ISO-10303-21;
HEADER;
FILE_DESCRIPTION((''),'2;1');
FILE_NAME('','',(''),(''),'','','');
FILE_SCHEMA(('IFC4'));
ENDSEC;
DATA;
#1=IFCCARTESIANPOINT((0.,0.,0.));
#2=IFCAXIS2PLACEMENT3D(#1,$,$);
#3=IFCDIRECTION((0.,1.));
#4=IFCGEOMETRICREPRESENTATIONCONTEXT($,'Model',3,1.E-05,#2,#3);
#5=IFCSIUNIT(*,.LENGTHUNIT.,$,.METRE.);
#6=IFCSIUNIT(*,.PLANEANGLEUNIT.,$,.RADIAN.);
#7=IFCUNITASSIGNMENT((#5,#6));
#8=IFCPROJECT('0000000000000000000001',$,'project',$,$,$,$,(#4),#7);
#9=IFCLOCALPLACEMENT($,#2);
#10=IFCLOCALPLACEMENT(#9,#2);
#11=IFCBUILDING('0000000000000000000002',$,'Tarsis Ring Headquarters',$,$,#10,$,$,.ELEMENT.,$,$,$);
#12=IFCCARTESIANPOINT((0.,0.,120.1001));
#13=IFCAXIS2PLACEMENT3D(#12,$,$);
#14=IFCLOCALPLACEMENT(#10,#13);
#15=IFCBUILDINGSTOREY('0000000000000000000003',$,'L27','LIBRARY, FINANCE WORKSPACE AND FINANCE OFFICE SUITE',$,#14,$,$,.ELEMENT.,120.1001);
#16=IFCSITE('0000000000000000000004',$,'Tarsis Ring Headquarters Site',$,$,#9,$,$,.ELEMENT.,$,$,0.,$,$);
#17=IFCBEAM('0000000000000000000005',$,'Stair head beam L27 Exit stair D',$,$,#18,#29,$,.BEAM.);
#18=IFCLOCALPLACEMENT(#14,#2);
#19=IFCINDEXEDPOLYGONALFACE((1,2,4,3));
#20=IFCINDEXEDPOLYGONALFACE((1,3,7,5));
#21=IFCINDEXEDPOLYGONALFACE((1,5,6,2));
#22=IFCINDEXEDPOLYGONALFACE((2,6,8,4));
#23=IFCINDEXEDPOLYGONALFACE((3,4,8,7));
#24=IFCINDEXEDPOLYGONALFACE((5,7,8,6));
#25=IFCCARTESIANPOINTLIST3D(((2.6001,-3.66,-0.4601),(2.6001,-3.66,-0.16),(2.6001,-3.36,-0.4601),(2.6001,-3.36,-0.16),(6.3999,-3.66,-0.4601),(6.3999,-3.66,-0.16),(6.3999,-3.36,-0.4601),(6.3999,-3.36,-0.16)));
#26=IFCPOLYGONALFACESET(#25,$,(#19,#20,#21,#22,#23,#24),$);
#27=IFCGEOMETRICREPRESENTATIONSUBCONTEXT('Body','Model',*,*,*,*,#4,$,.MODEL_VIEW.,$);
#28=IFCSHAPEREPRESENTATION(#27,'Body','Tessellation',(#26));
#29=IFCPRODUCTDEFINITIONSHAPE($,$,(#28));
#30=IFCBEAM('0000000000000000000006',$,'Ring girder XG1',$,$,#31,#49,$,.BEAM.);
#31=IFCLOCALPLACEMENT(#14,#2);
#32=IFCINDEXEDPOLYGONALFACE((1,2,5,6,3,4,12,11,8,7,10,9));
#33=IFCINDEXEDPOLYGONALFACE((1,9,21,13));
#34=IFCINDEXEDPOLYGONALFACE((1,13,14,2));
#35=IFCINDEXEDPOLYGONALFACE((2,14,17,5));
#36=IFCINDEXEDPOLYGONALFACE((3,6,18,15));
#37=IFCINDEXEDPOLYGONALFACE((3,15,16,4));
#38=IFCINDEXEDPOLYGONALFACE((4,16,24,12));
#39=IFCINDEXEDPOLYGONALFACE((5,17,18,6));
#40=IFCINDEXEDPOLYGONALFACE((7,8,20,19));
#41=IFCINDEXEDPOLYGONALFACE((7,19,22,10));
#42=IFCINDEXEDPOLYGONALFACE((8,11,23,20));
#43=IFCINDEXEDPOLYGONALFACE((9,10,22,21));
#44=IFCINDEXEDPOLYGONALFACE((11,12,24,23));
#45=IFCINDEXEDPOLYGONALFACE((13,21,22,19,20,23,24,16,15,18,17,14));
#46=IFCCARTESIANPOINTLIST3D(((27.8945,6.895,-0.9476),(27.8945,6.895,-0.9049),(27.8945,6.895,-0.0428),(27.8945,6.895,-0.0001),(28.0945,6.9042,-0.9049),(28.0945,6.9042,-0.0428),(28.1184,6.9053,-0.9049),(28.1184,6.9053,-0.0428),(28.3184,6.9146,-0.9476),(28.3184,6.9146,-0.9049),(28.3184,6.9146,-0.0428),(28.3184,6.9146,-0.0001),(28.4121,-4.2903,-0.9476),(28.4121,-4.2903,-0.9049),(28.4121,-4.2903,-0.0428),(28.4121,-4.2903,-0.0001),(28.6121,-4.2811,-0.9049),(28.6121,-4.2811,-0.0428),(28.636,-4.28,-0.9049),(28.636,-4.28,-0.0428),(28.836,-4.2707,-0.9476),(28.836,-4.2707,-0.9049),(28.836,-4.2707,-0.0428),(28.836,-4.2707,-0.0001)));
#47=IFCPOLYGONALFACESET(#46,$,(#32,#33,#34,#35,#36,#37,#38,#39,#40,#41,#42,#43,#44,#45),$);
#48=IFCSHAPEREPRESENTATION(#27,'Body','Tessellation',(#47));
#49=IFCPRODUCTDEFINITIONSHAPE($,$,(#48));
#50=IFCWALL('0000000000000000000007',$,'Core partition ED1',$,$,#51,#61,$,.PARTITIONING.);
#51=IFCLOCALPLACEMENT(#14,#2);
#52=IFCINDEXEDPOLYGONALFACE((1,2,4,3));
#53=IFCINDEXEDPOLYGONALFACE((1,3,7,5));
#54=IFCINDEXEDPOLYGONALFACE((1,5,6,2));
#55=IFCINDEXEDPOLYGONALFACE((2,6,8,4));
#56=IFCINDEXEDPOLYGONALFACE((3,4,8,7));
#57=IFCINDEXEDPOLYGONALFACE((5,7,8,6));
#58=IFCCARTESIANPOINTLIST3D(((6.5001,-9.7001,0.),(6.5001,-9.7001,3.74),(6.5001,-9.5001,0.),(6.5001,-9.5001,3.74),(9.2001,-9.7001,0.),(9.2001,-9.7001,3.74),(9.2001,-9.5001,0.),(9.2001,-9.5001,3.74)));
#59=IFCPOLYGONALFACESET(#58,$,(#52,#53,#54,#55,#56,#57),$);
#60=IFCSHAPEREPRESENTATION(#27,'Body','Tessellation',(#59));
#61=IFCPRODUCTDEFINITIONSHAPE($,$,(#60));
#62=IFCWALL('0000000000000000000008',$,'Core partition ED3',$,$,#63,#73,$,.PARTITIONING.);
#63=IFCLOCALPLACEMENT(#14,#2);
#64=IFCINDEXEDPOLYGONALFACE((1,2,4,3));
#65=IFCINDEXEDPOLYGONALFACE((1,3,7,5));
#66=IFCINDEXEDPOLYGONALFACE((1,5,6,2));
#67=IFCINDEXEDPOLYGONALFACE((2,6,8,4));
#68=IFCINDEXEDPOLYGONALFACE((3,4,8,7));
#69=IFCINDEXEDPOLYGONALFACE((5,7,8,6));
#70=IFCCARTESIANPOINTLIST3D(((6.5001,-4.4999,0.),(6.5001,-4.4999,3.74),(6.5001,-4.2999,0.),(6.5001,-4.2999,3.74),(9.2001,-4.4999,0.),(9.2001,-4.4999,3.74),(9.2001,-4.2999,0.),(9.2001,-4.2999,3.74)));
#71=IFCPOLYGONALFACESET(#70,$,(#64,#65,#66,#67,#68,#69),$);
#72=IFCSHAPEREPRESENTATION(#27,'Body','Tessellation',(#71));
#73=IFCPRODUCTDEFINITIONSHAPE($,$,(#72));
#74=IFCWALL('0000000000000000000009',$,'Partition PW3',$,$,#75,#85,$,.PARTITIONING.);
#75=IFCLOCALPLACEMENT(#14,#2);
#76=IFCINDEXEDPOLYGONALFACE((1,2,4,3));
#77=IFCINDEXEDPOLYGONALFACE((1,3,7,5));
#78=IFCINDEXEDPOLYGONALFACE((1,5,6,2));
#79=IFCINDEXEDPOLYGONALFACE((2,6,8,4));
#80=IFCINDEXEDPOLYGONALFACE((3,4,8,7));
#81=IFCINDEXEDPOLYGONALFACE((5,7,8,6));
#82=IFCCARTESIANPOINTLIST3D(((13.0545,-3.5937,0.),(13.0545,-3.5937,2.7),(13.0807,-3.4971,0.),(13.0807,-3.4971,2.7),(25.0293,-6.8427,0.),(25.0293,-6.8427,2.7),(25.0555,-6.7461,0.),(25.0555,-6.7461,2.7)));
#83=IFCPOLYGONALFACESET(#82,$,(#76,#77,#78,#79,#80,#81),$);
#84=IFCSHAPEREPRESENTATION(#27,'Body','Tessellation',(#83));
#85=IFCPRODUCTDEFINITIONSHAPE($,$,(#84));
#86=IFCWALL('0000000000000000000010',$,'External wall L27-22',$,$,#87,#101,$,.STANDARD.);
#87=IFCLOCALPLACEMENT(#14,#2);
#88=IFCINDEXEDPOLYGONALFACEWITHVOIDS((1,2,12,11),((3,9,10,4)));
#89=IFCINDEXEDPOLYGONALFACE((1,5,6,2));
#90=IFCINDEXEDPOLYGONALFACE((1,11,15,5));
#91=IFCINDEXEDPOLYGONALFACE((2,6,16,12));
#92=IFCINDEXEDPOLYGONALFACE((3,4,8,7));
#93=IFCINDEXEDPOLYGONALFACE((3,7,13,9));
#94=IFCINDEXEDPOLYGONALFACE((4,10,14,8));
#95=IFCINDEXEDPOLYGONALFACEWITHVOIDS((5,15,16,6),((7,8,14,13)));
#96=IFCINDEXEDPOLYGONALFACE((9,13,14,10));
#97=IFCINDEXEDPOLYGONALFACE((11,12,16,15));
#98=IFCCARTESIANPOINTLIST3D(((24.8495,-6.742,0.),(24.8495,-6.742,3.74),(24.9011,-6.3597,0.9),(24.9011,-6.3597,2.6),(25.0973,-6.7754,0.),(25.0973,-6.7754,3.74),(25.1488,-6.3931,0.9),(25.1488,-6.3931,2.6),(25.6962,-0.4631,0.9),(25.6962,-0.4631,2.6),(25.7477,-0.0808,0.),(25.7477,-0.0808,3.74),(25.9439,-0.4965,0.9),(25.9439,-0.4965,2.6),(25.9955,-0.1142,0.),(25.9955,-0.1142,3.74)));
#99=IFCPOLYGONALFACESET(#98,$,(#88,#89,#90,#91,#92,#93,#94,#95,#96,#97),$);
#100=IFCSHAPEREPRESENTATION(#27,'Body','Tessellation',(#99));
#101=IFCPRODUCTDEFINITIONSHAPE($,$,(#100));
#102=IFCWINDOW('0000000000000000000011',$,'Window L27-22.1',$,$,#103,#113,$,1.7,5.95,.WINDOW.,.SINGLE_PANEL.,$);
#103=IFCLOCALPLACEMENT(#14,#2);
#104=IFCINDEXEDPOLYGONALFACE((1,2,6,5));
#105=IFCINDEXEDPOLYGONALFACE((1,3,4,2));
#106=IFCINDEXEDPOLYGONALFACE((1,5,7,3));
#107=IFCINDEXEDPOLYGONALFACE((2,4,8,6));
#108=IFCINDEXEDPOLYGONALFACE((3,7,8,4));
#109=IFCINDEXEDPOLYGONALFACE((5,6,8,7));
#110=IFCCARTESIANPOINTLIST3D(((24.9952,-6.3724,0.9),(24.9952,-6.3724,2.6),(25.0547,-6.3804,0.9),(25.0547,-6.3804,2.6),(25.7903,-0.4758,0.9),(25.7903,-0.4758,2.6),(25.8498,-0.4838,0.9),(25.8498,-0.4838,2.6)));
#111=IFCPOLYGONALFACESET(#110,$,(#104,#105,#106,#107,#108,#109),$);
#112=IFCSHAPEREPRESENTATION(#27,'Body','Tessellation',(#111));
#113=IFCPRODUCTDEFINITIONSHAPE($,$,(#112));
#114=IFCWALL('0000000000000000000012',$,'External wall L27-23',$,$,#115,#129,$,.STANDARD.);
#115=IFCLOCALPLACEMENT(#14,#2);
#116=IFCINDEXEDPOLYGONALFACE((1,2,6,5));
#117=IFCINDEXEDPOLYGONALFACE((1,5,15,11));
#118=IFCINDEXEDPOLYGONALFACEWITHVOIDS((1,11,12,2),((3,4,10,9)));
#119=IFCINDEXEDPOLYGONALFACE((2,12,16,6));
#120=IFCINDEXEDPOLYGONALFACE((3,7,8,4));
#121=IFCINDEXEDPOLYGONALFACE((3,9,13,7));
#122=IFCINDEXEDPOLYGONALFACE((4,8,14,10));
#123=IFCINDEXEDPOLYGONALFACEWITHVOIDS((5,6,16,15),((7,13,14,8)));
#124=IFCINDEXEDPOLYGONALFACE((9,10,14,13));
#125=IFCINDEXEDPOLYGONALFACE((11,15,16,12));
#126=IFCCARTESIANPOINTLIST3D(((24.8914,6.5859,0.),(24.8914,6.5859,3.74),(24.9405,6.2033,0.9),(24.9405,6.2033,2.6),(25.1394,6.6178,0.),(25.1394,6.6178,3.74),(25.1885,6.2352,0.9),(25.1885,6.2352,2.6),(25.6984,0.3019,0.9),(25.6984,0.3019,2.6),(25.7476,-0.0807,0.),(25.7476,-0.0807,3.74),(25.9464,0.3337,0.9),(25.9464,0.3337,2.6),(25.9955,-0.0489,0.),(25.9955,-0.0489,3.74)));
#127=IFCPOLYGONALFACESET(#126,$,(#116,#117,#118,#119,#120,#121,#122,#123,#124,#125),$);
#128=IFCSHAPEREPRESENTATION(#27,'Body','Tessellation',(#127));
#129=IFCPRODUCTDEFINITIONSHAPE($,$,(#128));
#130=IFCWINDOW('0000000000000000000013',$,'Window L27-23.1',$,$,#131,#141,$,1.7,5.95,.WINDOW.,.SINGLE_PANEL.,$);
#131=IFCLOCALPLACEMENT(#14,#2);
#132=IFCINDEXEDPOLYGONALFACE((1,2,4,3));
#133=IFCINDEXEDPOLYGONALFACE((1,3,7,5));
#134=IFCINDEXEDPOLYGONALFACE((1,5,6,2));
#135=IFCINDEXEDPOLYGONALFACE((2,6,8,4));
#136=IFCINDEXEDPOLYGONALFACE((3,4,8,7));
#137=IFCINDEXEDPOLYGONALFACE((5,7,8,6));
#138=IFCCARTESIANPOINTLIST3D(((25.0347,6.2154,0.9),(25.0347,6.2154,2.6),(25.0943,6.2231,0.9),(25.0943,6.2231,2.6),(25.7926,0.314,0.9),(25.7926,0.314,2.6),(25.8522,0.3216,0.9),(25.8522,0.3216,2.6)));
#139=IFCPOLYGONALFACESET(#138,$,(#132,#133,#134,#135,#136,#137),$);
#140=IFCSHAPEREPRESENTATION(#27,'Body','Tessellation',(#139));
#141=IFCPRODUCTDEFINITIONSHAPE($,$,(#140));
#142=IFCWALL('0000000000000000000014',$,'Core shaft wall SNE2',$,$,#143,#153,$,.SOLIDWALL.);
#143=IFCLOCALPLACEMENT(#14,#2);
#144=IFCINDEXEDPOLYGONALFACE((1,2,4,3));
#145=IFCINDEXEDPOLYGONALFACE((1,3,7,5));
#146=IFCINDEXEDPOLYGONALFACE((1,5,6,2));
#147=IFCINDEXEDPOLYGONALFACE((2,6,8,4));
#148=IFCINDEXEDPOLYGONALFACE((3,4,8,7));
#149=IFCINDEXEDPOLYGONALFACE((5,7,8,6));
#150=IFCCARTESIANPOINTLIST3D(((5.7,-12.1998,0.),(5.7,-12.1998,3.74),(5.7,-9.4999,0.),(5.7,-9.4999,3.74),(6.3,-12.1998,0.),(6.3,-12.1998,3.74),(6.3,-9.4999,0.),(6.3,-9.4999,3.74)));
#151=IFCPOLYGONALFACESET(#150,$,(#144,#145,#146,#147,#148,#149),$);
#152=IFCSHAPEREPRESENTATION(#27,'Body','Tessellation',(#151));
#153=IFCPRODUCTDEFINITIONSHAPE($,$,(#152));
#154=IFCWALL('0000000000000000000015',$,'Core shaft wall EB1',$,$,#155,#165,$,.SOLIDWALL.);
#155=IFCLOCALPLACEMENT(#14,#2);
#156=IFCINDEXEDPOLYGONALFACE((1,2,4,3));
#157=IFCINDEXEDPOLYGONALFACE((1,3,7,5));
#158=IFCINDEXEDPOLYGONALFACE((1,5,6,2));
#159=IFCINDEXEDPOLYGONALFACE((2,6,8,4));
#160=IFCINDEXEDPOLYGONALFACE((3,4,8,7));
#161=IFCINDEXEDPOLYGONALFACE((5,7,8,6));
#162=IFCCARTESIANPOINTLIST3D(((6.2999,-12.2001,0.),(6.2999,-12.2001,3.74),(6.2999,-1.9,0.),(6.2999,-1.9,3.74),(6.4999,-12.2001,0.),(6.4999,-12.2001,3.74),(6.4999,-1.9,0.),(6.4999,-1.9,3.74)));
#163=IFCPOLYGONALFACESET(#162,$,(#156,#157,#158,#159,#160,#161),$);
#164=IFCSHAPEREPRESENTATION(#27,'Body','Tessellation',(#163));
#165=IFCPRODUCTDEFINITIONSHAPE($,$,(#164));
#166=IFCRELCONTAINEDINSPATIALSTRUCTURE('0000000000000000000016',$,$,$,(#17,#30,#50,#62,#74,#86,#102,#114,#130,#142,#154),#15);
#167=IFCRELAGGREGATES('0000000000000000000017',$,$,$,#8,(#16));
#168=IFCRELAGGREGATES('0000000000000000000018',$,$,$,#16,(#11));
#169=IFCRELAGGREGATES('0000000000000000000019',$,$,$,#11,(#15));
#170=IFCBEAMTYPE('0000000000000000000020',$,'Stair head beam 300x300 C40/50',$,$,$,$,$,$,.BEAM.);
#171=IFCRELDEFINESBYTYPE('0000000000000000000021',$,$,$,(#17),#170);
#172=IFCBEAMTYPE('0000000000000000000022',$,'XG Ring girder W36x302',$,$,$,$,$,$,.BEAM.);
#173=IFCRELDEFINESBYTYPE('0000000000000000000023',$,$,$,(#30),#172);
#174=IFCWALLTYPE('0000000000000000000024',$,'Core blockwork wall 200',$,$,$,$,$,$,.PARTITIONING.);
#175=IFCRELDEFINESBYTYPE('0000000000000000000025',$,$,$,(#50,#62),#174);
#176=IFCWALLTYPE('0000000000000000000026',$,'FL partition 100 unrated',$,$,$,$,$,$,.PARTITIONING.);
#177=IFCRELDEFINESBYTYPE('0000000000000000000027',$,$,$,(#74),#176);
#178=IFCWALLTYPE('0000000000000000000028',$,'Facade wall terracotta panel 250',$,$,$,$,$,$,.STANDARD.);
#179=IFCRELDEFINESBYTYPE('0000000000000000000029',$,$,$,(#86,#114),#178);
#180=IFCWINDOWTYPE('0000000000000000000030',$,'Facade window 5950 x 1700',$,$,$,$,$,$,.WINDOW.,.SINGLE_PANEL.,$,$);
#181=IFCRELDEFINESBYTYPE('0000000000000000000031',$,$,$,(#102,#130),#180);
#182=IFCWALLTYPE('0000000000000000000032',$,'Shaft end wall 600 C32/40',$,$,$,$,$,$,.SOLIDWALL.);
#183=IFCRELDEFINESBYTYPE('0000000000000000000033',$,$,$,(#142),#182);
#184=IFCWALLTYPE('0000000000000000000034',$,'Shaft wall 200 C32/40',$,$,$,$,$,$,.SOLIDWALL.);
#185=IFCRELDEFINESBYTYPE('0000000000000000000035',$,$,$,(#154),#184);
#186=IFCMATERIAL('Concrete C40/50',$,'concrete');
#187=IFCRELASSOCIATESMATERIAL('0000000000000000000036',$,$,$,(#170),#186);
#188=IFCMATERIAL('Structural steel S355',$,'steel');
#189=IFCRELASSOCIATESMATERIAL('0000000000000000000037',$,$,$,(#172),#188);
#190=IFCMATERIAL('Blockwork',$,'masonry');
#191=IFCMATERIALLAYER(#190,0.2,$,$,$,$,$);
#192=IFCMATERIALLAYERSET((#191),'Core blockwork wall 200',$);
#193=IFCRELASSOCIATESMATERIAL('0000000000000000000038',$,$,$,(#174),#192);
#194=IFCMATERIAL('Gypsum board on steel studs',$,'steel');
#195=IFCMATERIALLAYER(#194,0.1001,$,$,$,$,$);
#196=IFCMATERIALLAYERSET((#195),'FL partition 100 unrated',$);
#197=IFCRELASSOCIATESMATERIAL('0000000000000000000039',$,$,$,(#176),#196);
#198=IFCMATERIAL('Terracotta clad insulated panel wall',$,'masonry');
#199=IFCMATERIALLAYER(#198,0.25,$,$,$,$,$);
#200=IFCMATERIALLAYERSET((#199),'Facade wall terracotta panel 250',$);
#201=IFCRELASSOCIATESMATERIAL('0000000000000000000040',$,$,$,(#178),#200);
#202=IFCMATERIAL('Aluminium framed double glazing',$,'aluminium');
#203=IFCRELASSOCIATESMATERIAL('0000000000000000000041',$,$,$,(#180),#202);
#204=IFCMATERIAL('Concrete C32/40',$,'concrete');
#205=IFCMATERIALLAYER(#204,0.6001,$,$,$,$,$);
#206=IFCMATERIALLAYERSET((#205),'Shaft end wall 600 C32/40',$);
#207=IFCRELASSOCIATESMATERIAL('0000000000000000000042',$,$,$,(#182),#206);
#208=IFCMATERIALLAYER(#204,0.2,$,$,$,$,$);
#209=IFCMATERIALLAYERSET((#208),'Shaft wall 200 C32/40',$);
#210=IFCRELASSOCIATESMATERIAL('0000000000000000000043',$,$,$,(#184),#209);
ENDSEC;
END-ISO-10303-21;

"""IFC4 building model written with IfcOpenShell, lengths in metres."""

from ifc_helpers import new_model, si_unit, direction, frame, frame_2d, origin, origin_2d, place, context, subcontext, project, spatial, rectangle, i_section, extrude, material, layer, layer_set, material_profile, profile_set, type_object, element, fill, save


model = new_model("IFC4")

# Units and contexts
model_context = context("Model", 3, precision=1e-05, world=origin(), true_north=direction((0.0, 1.0)))
body_context = subcontext(model_context, "Body", "Model", "MODEL_VIEW")
ifc_project = project(units=[si_unit("LENGTHUNIT", "METRE"), si_unit("PLANEANGLEUNIT", "RADIAN")], contexts=[model_context])

# Site, building, storey
site_placement = place(None, origin())
site = spatial("IfcSite", under=ifc_project, at=site_placement, Name="Tarsis Ring Headquarters Site", CompositionType="ELEMENT", RefElevation=0.0)
building_placement = place(site_placement, origin())
building = spatial("IfcBuilding", under=site, at=building_placement, Name="Tarsis Ring Headquarters", CompositionType="ELEMENT")
storey_placement = place(building_placement, frame((0.0, 0.0, 120.1001)))
storey = spatial("IfcBuildingStorey", under=building, at=storey_placement, Name="L27", Description="LIBRARY, FINANCE WORKSPACE AND FINANCE OFFICE SUITE", CompositionType="ELEMENT", Elevation=120.1001)

# Shared definitions
ifc_material_1 = material(Name="Structural steel S355", Category="steel")

# Beams
ifc_material_2 = material(Name="Concrete C40/50", Category="concrete")
ifc_material_profile_1 = material_profile(ifc_material_2, rectangle(XDim=0.3, YDim=0.3, at=origin_2d()), Name="Stair head beam 300x300 C40/50")
ifc_profile_set_1 = profile_set([ifc_material_profile_1], Name="Concrete C40/50")
beam_type_1 = type_object("IfcBeamType", Name="Stair head beam 300x300 C40/50", PredefinedType="BEAM", material=ifc_profile_set_1)
beam_1_placement = place(storey_placement, frame((2.6001, -3.51, -0.3101), z_axis=(1.0, 0.0, 0.0), x_axis=(0.0, 1.0, 0.0)))
element("IfcBeam", 1, at=beam_1_placement, inside=storey, type_object=beam_type_1, Name="Stair head beam L27 Exit stair D", PredefinedType="BEAM", context=body_context, shape_type="SweptSolid", body=[
    extrude(rectangle(XDim=0.3, YDim=0.3, at=origin_2d()), origin(), (0.0, 0.0, 1.0), 3.7998),
])
ifc_material_profile_2 = material_profile(ifc_material_1, i_section(OverallWidth=0.4243, OverallDepth=0.9475, WebThickness=0.0239, FlangeThickness=0.0427, at=origin_2d()), Name="W36x302")
ifc_profile_set_2 = profile_set([ifc_material_profile_2], Name="Structural steel S355")
beam_type_2 = type_object("IfcBeamType", Name="XG Ring girder W36x302", PredefinedType="BEAM", material=ifc_profile_set_2)
beam_2_placement = place(storey_placement, frame((28.624, -4.2805, -0.4739), z_axis=(-0.046224, 0.998931, 0.0), x_axis=(-0.998931, -0.046224, 0.0)))
element("IfcBeam", 2, at=beam_2_placement, inside=storey, type_object=beam_type_2, Name="Ring girder XG1", PredefinedType="BEAM", context=body_context, shape_type="SweptSolid", body=[
    extrude(i_section(OverallWidth=0.4243, OverallDepth=0.9475, WebThickness=0.0239, FlangeThickness=0.0427, at=origin_2d()), origin(), (0.0, 0.0, 1.0), 11.1973),
])

# Walls
ifc_material_3 = material(Name="Blockwork", Category="masonry")
ifc_layer_1 = layer(ifc_material_3, 0.2)
ifc_layer_set_1 = layer_set([ifc_layer_1], Name="Core blockwork wall 200")
wall_type_1 = type_object("IfcWallType", Name="Core blockwork wall 200", PredefinedType="PARTITIONING", material=ifc_layer_set_1)
for number, where, z_axis, x_axis, name in (
    (3, (6.5, -9.6001, 0.0), (0.0, 0.0, 1.0), (1.0, 0.0, 0.0), "Core partition ED1"),
    (4, (6.5, -4.3999, 0.0), (0.0, 0.0, 1.0), (1.0, 0.0, 0.0), "Core partition ED3"),
):
    element("IfcWall", number, at=place(storey_placement, frame(where, z_axis=z_axis, x_axis=x_axis)), inside=storey, type_object=wall_type_1, Name=name, PredefinedType="PARTITIONING", context=body_context, shape_type="SweptSolid", body=[
        extrude(rectangle(XDim=2.7, YDim=0.2, at=frame_2d((1.3501, 0.0))), origin(), (0.0, 0.0, 1.0), 3.74),
    ])
ifc_material_4 = material(Name="Gypsum board on steel studs", Category="steel")
ifc_layer_2 = layer(ifc_material_4, 0.1001)
ifc_layer_set_2 = layer_set([ifc_layer_2], Name="FL partition 100 unrated")
wall_type_2 = type_object("IfcWallType", Name="FL partition 100 unrated", PredefinedType="PARTITIONING", material=ifc_layer_set_2)
wall_1_placement = place(storey_placement, frame((13.0676, -3.5454, 0.0), z_axis=(0.0, 0.0, 1.0), x_axis=(0.965108, -0.261854, 0.0)))
element("IfcWall", 5, at=wall_1_placement, inside=storey, type_object=wall_type_2, Name="Partition PW3", PredefinedType="PARTITIONING", context=body_context, shape_type="SweptSolid", body=[
    extrude(rectangle(XDim=12.4077, YDim=0.1001, at=frame_2d((6.2039, 0.0))), origin(), (0.0, 0.0, 1.0), 2.7),
])

# Walls, openings, windows
ifc_material_5 = material(Name="Terracotta clad insulated panel wall", Category="masonry")
ifc_layer_3 = layer(ifc_material_5, 0.25)
ifc_layer_set_3 = layer_set([ifc_layer_3], Name="Facade wall terracotta panel 250")
wall_type_3 = type_object("IfcWallType", Name="Facade wall terracotta panel 250", PredefinedType="STANDARD", material=ifc_layer_set_3)
wall_2_placement = place(storey_placement, frame((24.9734, -6.7588, 0.0), z_axis=(0.0, 0.0, 1.0), x_axis=(0.133632, 0.991031, 0.0)))
wall_2 = element("IfcWall", 6, at=wall_2_placement, inside=storey, type_object=wall_type_3, Name="External wall L27-22", PredefinedType="STANDARD", context=body_context, shape_type="SweptSolid", body=[
    extrude(rectangle(XDim=6.7214, YDim=0.25, at=frame_2d((3.3608, 0.0))), origin(), (0.0, 0.0, 1.0), 3.74),
])
opening_1_placement = place(wall_2_placement, frame((0.3857, 0.0, 0.8999)))
opening_1 = element("IfcOpeningElement", 7, at=opening_1_placement, cuts=wall_2, PredefinedType="OPENING", context=body_context, shape_type="SweptSolid", body=[
    extrude(rectangle(XDim=5.95, YDim=1.7, at=frame_2d((2.9751, 0.8501))), frame((0.0, 0.135, 0.0), z_axis=(0.0, -1.0, 0.0), x_axis=(1.0, 0.0, 0.0)), (0.0, 0.0, 1.0), 0.27),
])
ifc_material_6 = material(Name="Aluminium framed double glazing", Category="aluminium")
window_type = type_object("IfcWindowType", Name="Facade window 5950 x 1700", PartitioningType="SINGLE_PANEL", PredefinedType="WINDOW", material=ifc_material_6)
window_1_placement = place(opening_1_placement, origin())
window_1 = element("IfcWindow", 8, at=window_1_placement, inside=storey, type_object=window_type, Name="Window L27-22.1", OverallHeight=1.7, OverallWidth=5.95, PartitioningType="SINGLE_PANEL", PredefinedType="WINDOW", context=body_context, shape_type="SweptSolid", body=[
    extrude(rectangle(XDim=5.95, YDim=1.7, at=frame_2d((2.9751, 0.8501))), frame((0.0, 0.03, 0.0), z_axis=(0.0, -1.0, 0.0), x_axis=(1.0, 0.0, 0.0)), (0.0, 0.0, 1.0), 0.0601),
])
fill(opening_1, window_1)
wall_3_placement = place(storey_placement, frame((25.8716, -0.0649, 0.0), z_axis=(0.0, 0.0, 1.0), x_axis=(-0.127382, 0.991854, 0.0)))
wall_3 = element("IfcWall", 9, at=wall_3_placement, inside=storey, type_object=wall_type_3, Name="External wall L27-23", PredefinedType="STANDARD", context=body_context, shape_type="SweptSolid", body=[
    extrude(rectangle(XDim=6.7214, YDim=0.25, at=frame_2d((3.3608, 0.0))), origin(), (0.0, 0.0, 1.0), 3.74),
])
opening_2_placement = place(wall_3_placement, frame((0.3857, 0.0, 0.8999)))
opening_2 = element("IfcOpeningElement", 10, at=opening_2_placement, cuts=wall_3, PredefinedType="OPENING", context=body_context, shape_type="SweptSolid", body=[
    extrude(rectangle(XDim=5.95, YDim=1.7, at=frame_2d((2.9751, 0.8501))), frame((0.0, 0.135, 0.0), z_axis=(0.0, -1.0, 0.0), x_axis=(1.0, 0.0, 0.0)), (0.0, 0.0, 1.0), 0.27),
])
window_2_placement = place(opening_2_placement, origin())
window_2 = element("IfcWindow", 11, at=window_2_placement, inside=storey, type_object=window_type, Name="Window L27-23.1", OverallHeight=1.7, OverallWidth=5.95, PartitioningType="SINGLE_PANEL", PredefinedType="WINDOW", context=body_context, shape_type="SweptSolid", body=[
    extrude(rectangle(XDim=5.95, YDim=1.7, at=frame_2d((2.9751, 0.8501))), frame((0.0, 0.03, 0.0), z_axis=(0.0, -1.0, 0.0), x_axis=(1.0, 0.0, 0.0)), (0.0, 0.0, 1.0), 0.0601),
])
fill(opening_2, window_2)

# Walls
ifc_material_7 = material(Name="Concrete C32/40", Category="concrete")
ifc_layer_4 = layer(ifc_material_7, 0.6001)
ifc_layer_set_4 = layer_set([ifc_layer_4], Name="Shaft end wall 600 C32/40")
wall_type_4 = type_object("IfcWallType", Name="Shaft end wall 600 C32/40", PredefinedType="SOLIDWALL", material=ifc_layer_set_4)
wall_4_placement = place(storey_placement, frame((6.0, -12.2, 0.0), z_axis=(0.0, 0.0, 1.0), x_axis=(0.0, 1.0, 0.0)))
element("IfcWall", 12, at=wall_4_placement, inside=storey, type_object=wall_type_4, Name="Core shaft wall SNE2", PredefinedType="SOLIDWALL", context=body_context, shape_type="SweptSolid", body=[
    extrude(rectangle(XDim=2.7, YDim=0.6001, at=frame_2d((1.3501, 0.0))), origin(), (0.0, 0.0, 1.0), 3.74),
])
ifc_layer_5 = layer(ifc_material_7, 0.2)
ifc_layer_set_5 = layer_set([ifc_layer_5], Name="Shaft wall 200 C32/40")
wall_type_5 = type_object("IfcWallType", Name="Shaft wall 200 C32/40", PredefinedType="SOLIDWALL", material=ifc_layer_set_5)
wall_5_placement = place(storey_placement, frame((6.3999, -12.2, 0.0), z_axis=(0.0, 0.0, 1.0), x_axis=(0.0, 1.0, 0.0)))
element("IfcWall", 13, at=wall_5_placement, inside=storey, type_object=wall_type_5, Name="Core shaft wall EB1", PredefinedType="SOLIDWALL", context=body_context, shape_type="SweptSolid", body=[
    extrude(rectangle(XDim=10.3, YDim=0.2, at=frame_2d((5.1499, 0.0))), origin(), (0.0, 0.0, 1.0), 3.74),
])

save(model, "model.ifc")
